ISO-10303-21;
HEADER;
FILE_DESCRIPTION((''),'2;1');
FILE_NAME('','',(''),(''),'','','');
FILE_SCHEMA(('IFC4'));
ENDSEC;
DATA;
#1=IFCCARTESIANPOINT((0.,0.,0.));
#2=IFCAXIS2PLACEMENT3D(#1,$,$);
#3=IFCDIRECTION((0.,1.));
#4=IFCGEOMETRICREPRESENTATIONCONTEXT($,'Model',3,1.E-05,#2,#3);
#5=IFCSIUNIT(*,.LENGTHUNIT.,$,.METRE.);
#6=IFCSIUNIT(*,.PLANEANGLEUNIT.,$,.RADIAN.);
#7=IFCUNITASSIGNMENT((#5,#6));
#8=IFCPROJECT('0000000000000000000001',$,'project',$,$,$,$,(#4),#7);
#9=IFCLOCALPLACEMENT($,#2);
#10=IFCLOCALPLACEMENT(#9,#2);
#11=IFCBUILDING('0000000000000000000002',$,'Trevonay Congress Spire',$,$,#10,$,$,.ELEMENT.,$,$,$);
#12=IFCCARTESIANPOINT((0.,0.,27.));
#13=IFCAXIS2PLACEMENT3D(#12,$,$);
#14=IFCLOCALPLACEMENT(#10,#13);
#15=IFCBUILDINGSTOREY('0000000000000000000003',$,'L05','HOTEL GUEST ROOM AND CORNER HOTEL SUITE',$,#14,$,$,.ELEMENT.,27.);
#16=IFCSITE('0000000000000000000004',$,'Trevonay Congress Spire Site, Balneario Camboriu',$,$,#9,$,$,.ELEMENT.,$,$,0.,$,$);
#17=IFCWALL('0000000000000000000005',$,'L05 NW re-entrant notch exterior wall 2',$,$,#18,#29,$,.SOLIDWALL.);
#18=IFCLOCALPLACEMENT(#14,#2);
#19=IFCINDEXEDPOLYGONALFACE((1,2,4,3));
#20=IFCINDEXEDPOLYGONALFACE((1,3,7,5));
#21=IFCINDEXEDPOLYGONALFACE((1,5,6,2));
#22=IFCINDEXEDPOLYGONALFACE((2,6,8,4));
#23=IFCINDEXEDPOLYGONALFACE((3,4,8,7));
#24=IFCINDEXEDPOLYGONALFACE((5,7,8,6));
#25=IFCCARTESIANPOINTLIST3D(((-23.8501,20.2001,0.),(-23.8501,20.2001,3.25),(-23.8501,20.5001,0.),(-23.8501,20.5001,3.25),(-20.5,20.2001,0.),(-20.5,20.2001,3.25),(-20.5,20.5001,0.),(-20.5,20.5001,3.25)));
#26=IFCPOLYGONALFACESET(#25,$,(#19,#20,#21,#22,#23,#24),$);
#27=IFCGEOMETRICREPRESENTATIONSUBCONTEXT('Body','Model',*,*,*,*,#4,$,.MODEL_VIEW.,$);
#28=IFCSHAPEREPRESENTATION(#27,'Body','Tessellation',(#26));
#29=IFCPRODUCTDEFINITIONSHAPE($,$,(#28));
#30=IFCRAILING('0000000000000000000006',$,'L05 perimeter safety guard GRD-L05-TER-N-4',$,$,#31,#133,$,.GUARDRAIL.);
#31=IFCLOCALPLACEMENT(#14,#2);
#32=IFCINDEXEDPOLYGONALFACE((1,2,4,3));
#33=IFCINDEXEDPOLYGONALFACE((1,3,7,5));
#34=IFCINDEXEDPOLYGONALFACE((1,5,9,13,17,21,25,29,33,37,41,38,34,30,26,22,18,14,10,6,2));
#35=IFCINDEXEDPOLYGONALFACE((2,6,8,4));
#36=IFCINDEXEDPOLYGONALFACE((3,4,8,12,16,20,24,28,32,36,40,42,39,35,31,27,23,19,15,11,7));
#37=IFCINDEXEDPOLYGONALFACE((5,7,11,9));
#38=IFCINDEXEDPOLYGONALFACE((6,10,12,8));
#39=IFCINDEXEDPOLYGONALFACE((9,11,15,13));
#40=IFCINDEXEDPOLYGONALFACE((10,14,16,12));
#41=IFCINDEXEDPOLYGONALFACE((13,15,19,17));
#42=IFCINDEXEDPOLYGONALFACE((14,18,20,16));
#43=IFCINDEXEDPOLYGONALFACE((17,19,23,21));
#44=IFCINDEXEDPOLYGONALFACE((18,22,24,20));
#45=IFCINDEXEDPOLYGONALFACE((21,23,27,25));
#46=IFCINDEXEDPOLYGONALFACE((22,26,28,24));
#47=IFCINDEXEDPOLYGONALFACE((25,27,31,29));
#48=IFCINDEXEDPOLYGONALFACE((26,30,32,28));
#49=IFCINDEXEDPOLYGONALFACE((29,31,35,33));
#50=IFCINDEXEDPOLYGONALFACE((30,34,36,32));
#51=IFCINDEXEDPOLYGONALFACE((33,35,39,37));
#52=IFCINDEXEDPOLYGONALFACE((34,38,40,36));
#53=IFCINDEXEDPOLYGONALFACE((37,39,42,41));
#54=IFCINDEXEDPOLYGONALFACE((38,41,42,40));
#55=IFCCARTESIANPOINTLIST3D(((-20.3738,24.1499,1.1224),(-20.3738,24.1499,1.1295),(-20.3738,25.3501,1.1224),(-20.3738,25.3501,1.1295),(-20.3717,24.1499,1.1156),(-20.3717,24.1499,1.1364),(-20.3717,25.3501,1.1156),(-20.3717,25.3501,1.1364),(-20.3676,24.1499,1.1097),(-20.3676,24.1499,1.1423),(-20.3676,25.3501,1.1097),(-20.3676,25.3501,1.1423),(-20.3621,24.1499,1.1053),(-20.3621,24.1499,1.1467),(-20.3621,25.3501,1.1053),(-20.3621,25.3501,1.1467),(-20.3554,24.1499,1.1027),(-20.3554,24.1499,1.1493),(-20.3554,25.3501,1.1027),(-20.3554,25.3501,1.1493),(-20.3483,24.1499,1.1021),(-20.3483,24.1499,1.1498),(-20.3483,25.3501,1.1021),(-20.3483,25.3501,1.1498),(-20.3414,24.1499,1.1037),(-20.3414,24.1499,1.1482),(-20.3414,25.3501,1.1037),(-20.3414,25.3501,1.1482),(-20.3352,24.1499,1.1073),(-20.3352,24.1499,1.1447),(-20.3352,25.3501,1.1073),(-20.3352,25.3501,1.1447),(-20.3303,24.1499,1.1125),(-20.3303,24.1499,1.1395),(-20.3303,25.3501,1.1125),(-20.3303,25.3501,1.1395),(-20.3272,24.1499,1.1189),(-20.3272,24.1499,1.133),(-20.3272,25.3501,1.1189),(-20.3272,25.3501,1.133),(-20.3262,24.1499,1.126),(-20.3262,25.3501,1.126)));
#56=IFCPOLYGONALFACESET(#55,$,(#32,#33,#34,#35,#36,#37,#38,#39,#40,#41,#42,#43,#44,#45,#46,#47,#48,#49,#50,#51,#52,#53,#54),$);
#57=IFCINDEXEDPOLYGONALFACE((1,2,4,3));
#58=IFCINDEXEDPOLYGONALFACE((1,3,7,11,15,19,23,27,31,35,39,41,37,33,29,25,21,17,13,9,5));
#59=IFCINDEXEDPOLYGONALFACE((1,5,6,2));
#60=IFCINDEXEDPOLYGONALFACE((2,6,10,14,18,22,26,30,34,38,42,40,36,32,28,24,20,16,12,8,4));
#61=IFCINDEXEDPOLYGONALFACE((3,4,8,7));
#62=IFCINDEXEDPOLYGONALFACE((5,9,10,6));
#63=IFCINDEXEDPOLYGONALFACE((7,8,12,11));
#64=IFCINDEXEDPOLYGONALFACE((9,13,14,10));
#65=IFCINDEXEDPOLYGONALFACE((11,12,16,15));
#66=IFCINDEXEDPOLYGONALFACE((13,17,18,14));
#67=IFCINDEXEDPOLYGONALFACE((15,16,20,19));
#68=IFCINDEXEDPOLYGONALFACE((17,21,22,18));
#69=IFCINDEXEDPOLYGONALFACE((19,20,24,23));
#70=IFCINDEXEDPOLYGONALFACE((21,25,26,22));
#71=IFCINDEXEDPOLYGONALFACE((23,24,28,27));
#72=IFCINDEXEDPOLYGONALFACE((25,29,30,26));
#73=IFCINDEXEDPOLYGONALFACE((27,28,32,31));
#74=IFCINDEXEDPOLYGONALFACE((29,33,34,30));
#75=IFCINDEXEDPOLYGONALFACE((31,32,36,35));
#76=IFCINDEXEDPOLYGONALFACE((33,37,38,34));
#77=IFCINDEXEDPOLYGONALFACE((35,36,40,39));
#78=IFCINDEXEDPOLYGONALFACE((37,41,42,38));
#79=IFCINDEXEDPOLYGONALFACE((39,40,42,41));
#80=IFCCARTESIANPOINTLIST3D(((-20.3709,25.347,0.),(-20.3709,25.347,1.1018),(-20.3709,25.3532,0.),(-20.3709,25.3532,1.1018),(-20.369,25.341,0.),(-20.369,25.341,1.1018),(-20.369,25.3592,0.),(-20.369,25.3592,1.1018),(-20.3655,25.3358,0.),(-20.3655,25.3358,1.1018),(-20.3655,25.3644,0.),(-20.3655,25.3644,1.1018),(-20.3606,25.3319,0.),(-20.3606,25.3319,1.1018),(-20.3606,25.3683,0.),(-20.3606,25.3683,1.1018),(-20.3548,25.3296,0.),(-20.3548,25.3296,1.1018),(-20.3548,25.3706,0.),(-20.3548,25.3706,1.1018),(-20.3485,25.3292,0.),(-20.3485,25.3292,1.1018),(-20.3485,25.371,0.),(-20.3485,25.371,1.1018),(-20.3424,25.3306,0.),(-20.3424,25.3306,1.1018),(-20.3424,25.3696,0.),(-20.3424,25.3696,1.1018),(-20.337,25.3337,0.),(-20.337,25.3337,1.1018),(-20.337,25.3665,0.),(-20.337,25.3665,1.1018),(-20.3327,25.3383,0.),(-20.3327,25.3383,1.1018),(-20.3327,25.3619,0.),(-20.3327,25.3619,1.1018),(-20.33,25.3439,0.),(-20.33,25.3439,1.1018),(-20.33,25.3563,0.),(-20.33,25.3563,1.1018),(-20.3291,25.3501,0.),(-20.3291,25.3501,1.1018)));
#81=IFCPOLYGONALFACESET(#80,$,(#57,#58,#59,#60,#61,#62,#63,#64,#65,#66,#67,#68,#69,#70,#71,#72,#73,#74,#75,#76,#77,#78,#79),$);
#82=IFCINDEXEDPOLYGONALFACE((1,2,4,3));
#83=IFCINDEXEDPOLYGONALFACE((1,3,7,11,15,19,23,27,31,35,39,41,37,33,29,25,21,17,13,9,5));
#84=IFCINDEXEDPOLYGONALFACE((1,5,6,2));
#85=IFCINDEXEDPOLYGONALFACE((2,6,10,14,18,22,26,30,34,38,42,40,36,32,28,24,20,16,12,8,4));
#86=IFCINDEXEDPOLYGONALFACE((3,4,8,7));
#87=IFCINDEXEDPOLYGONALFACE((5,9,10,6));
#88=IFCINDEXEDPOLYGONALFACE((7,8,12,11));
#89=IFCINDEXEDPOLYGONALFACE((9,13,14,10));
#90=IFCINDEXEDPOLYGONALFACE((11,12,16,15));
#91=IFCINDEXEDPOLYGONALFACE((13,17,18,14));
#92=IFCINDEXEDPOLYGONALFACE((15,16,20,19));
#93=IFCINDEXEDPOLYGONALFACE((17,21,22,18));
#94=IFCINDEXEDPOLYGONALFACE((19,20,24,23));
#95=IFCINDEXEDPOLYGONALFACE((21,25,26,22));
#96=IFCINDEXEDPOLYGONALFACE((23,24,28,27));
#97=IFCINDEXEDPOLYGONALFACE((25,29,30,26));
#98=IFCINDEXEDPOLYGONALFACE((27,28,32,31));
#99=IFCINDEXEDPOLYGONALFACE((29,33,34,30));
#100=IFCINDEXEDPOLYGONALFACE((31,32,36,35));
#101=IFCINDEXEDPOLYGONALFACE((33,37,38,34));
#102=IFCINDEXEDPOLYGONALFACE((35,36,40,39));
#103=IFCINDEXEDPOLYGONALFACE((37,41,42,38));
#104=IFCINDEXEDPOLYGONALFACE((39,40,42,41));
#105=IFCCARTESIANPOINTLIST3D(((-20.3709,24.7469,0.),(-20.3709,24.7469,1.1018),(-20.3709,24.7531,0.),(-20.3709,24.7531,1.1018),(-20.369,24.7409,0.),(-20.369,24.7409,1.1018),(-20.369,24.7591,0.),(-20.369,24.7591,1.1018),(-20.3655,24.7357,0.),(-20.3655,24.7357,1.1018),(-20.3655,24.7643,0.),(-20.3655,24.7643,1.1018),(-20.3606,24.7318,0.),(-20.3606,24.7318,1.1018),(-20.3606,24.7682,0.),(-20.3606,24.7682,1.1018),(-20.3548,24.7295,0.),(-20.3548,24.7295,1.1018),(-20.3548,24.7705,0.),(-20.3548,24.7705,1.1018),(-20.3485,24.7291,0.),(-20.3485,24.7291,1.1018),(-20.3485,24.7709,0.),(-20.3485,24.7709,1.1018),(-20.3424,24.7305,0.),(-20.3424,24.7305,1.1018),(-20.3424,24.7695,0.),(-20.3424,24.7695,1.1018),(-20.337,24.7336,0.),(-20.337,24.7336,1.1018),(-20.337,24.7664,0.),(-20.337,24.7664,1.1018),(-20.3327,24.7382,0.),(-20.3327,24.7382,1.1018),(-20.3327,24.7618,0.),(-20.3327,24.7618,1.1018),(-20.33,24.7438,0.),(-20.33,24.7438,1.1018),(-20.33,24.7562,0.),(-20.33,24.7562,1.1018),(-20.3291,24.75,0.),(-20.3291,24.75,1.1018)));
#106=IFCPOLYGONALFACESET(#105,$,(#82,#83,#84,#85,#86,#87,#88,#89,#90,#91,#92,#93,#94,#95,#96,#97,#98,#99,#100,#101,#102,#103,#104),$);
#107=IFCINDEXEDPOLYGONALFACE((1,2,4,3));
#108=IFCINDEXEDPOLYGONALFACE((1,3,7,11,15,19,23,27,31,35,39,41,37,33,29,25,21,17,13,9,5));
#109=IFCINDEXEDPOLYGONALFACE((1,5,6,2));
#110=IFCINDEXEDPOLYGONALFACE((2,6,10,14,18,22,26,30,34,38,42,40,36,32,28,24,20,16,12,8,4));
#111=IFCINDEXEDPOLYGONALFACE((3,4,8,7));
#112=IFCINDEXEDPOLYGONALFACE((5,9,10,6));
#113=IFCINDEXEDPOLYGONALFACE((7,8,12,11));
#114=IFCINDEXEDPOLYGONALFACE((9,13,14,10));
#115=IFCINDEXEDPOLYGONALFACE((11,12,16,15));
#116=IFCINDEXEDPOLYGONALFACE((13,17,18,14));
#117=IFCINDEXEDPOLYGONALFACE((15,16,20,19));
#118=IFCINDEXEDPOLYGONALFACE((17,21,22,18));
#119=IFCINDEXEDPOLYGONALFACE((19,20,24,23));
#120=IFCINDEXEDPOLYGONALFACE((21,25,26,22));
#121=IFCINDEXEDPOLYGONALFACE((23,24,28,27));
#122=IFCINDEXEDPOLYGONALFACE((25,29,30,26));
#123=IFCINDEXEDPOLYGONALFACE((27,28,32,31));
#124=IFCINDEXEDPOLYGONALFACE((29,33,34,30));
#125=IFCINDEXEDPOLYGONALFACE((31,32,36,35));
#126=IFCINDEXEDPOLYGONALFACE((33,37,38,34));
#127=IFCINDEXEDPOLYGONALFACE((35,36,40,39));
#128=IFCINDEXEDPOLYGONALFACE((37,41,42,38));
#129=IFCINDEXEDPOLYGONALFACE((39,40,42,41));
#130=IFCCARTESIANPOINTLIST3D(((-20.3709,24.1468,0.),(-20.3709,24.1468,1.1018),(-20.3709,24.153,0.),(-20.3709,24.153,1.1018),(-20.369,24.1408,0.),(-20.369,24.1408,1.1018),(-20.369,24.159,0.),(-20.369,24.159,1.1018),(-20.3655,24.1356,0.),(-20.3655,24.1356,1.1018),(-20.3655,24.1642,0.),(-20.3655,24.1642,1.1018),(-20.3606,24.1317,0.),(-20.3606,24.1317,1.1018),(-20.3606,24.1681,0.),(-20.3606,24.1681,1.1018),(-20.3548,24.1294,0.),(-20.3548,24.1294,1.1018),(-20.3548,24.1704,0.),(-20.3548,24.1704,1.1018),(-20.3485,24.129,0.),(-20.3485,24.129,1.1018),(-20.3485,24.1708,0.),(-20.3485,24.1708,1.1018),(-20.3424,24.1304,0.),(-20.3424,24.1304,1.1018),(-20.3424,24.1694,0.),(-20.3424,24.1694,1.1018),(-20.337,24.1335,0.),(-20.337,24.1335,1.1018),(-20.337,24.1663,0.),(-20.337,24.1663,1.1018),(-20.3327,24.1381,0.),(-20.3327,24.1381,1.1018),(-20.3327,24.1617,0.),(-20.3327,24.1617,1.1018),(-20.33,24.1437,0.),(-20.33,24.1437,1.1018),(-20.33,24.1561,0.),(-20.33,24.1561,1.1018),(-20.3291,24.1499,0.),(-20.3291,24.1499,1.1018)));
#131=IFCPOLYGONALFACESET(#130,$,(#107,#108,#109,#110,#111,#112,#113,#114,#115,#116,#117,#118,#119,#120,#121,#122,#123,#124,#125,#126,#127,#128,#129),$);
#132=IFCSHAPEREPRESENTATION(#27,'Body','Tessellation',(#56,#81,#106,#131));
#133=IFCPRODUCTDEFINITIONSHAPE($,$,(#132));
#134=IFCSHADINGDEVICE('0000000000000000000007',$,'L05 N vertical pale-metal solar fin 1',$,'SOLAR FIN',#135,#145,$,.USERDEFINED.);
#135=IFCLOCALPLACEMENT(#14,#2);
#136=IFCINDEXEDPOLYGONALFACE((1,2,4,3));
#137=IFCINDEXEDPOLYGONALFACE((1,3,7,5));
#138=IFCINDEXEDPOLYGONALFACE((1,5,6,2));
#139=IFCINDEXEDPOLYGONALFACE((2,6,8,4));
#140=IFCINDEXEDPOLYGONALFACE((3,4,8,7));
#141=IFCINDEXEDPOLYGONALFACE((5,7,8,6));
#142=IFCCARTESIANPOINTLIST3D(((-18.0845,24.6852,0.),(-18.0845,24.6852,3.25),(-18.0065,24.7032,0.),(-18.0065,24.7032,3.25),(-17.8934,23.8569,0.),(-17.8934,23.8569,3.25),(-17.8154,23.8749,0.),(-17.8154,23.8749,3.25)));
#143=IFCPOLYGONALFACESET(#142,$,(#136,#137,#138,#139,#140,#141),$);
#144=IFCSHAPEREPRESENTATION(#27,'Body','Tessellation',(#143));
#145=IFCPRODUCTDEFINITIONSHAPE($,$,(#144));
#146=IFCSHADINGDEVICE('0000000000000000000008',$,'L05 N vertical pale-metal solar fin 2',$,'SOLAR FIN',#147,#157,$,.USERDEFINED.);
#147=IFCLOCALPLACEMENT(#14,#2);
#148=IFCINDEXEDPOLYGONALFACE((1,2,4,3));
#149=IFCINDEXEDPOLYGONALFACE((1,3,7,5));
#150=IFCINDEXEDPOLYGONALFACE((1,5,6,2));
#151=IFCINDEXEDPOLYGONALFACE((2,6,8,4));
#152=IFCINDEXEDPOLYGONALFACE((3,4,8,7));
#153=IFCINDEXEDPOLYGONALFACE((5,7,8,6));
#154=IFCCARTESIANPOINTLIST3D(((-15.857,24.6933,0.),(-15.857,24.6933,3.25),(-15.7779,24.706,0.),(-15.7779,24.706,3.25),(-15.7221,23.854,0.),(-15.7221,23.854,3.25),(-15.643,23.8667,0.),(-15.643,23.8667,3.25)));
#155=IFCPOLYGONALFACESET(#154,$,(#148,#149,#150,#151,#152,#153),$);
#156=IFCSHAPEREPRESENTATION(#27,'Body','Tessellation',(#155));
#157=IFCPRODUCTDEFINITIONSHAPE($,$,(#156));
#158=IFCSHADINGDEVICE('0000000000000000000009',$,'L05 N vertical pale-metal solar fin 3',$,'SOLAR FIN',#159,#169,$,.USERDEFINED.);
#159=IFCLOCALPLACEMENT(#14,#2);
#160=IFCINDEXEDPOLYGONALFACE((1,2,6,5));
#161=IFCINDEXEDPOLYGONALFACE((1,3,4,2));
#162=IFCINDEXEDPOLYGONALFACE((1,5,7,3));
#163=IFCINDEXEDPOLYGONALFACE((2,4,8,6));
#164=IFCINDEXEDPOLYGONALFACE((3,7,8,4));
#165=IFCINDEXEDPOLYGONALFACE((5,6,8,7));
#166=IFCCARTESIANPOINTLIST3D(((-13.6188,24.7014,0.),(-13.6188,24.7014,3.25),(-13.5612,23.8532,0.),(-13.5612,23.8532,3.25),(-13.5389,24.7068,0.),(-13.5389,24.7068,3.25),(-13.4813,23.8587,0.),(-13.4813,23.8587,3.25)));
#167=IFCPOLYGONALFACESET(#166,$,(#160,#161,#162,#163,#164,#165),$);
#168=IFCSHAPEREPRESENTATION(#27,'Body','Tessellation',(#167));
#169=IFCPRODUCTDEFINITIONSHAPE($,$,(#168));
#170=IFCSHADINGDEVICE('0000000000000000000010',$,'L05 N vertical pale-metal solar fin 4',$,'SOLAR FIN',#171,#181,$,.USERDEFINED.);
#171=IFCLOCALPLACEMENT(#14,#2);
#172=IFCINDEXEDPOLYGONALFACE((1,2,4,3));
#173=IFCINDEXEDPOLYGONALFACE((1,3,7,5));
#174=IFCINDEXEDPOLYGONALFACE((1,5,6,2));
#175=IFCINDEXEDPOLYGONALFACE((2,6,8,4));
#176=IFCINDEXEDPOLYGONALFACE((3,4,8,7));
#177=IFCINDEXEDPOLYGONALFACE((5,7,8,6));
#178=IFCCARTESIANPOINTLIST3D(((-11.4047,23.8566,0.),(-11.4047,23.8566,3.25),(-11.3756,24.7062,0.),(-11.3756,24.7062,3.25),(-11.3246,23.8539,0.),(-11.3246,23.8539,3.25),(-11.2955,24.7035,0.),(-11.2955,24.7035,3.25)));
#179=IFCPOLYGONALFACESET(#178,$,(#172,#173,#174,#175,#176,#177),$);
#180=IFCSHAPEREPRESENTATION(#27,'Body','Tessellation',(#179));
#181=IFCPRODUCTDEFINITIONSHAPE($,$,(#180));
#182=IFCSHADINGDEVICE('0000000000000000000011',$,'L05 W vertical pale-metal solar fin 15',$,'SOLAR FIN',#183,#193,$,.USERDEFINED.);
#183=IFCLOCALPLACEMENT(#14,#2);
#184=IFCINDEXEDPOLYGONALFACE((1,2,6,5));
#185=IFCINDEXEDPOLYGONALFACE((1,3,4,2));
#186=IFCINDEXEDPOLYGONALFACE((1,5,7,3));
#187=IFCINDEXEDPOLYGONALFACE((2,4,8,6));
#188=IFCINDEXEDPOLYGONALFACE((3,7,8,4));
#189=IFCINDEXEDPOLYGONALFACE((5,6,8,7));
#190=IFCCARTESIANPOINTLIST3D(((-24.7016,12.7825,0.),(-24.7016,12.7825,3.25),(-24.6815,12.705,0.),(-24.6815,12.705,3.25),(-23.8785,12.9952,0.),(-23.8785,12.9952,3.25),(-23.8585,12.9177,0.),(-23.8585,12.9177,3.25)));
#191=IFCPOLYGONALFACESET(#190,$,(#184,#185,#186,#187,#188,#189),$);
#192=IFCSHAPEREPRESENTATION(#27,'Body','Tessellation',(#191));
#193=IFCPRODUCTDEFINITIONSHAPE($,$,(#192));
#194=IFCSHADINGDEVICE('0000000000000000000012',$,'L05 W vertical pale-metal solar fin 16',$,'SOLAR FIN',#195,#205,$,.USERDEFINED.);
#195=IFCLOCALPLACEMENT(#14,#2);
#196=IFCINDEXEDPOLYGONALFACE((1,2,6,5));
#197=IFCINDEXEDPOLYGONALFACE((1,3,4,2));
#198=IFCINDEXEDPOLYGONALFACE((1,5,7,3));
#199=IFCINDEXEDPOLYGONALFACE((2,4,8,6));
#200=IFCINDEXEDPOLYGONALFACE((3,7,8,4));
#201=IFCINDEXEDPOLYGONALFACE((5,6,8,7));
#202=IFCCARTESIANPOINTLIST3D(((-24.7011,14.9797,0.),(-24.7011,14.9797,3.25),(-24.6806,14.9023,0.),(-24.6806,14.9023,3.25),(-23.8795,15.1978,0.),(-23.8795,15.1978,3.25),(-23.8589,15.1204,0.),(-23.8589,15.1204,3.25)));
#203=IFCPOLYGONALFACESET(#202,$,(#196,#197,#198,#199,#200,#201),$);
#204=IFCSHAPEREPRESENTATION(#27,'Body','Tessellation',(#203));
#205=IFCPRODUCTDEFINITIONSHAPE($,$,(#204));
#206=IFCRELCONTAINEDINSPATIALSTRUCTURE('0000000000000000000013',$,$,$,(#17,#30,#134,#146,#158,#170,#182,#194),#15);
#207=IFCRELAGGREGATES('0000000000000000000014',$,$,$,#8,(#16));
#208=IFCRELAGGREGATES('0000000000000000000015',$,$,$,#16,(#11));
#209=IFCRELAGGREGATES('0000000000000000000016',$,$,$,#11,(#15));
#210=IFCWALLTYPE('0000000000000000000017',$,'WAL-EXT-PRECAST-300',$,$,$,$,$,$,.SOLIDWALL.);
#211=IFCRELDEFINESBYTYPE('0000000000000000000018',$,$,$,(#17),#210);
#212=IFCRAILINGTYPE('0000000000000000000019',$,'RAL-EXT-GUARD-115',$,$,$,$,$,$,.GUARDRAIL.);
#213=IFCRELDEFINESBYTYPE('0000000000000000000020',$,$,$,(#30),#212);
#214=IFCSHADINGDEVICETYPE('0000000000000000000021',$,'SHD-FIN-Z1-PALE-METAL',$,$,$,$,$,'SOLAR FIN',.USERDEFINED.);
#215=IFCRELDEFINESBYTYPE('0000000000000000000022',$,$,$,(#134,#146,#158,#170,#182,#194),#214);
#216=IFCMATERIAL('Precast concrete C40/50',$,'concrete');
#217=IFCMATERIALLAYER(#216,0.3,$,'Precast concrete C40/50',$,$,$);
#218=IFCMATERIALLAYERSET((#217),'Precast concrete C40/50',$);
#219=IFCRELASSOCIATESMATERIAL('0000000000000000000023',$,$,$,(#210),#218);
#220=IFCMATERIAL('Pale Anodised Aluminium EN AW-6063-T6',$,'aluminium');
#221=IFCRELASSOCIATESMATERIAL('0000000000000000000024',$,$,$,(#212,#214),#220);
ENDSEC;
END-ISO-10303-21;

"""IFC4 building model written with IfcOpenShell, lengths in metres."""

from ifc_helpers import new_model, si_unit, direction, frame, frame_2d, origin, origin_2d, place, context, subcontext, project, spatial, rectangle, circle, extrude, material, layer, layer_set, type_object, element, save


model = new_model("IFC4")

# Units and contexts
model_context = context("Model", 3, precision=1e-05, world=origin(), true_north=direction((0.0, 1.0)))
body_context = subcontext(model_context, "Body", "Model", "MODEL_VIEW")
ifc_project = project(units=[si_unit("LENGTHUNIT", "METRE"), si_unit("PLANEANGLEUNIT", "RADIAN")], contexts=[model_context])

# Site, building, storey
site_placement = place(None, origin())
site = spatial("IfcSite", under=ifc_project, at=site_placement, Name="Trevonay Congress Spire Site, Balneario Camboriu", CompositionType="ELEMENT", RefElevation=0.0)
building_placement = place(site_placement, origin())
building = spatial("IfcBuilding", under=site, at=building_placement, Name="Trevonay Congress Spire", CompositionType="ELEMENT")
storey_placement = place(building_placement, frame((0.0, 0.0, 27.0)))
storey = spatial("IfcBuildingStorey", under=building, at=storey_placement, Name="L05", Description="HOTEL GUEST ROOM AND CORNER HOTEL SUITE", CompositionType="ELEMENT", Elevation=27.0)

# Shared definitions
ifc_material_1 = material(Name="Pale Anodised Aluminium EN AW-6063-T6", Category="aluminium")

# Shared definitions
ifc_material_2 = material(Name="Precast concrete C40/50", Category="concrete")
ifc_layer_1 = layer(ifc_material_2, 0.3, Name="Precast concrete C40/50")
ifc_layer_set_1 = layer_set([ifc_layer_1], Name="Precast concrete C40/50")
wall_type_1 = type_object("IfcWallType", Name="WAL-EXT-PRECAST-300", PredefinedType="SOLIDWALL", material=ifc_layer_set_1)

# Wall
wall_1_placement = place(storey_placement, frame((-23.8501, 20.3501, 0.0), z_axis=(0.0, 0.0, 1.0), x_axis=(1.0, 0.0, 0.0)))
element("IfcWall", 1, at=wall_1_placement, inside=storey, type_object=wall_type_1, Name="L05 NW re-entrant notch exterior wall 2", PredefinedType="SOLIDWALL", context=body_context, shape_type="SweptSolid", body=[
    extrude(rectangle(XDim=3.3501, YDim=0.3, at=frame_2d((1.675, 0.0))), origin(), (0.0, 0.0, 1.0), 3.25),
])

# Railing
railing_type = type_object("IfcRailingType", Name="RAL-EXT-GUARD-115", PredefinedType="GUARDRAIL", material=ifc_material_1)
railing_placement = place(storey_placement, frame((-20.3501, 25.3501, 0.0)))
element("IfcRailing", 2, at=railing_placement, inside=storey, type_object=railing_type, Name="L05 perimeter safety guard GRD-L05-TER-N-4", PredefinedType="GUARDRAIL", context=body_context, shape_type="SweptSolid", body=[
    extrude(circle(Radius=0.0239, at=origin_2d()), frame((0.0, 0.0, 1.126), z_axis=(0.0, -1.0, 0.0), x_axis=(1.0, 0.0, 0.0)), (0.0, 0.0, 1.0), 1.2002),
    extrude(circle(Radius=0.021, at=origin_2d()), origin(), (0.0, 0.0, 1.0), 1.1018),
    extrude(circle(Radius=0.021, at=origin_2d()), frame((0.0, -0.6001, 0.0)), (0.0, 0.0, 1.0), 1.1018),
    extrude(circle(Radius=0.021, at=origin_2d()), frame((0.0, -1.2002, 0.0)), (0.0, 0.0, 1.0), 1.1018),
])

# Shading devices
shading_device_type = type_object("IfcShadingDeviceType", Name="SHD-FIN-Z1-PALE-METAL", ElementType="SOLAR FIN", PredefinedType="USERDEFINED", material=ifc_material_1)
for number, where, z_axis, x_axis, name in (
    (3, (-17.95, 24.28, 0.0), (0.0, 0.0, 1.0), (0.974409, 0.224781, 0.0), "L05 N vertical pale-metal solar fin 1"),
    (4, (-15.75, 24.28, 0.0), (0.0, 0.0, 1.0), (0.987331, 0.158675, 0.0), "L05 N vertical pale-metal solar fin 2"),
    (5, (-13.55, 24.28, 0.0), (0.0, 0.0, 1.0), (0.997708, 0.067667, 0.0), "L05 N vertical pale-metal solar fin 3"),
    (6, (-11.3501, 24.28, 0.0), (0.0, 0.0, 1.0), (0.999415, -0.034202, 0.0), "L05 N vertical pale-metal solar fin 4"),
    (7, (-24.28, 12.8501, 0.0), (0.0, 0.0, 1.0), (-0.250211, 0.968191, 0.0), "L05 W vertical pale-metal solar fin 15"),
    (8, (-24.28, 15.05, 0.0), (0.0, 0.0, 1.0), (-0.256627, 0.966511, 0.0), "L05 W vertical pale-metal solar fin 16"),
):
    element("IfcShadingDevice", number, at=place(storey_placement, frame(where, z_axis=z_axis, x_axis=x_axis)), inside=storey, type_object=shading_device_type, Name=name, ObjectType="SOLAR FIN", PredefinedType="USERDEFINED", context=body_context, shape_type="SweptSolid", body=[
        extrude(rectangle(XDim=0.0801, YDim=0.8501, at=origin_2d()), origin(), (0.0, 0.0, 1.0), 3.25),
    ])

save(model, "model.ifc")
